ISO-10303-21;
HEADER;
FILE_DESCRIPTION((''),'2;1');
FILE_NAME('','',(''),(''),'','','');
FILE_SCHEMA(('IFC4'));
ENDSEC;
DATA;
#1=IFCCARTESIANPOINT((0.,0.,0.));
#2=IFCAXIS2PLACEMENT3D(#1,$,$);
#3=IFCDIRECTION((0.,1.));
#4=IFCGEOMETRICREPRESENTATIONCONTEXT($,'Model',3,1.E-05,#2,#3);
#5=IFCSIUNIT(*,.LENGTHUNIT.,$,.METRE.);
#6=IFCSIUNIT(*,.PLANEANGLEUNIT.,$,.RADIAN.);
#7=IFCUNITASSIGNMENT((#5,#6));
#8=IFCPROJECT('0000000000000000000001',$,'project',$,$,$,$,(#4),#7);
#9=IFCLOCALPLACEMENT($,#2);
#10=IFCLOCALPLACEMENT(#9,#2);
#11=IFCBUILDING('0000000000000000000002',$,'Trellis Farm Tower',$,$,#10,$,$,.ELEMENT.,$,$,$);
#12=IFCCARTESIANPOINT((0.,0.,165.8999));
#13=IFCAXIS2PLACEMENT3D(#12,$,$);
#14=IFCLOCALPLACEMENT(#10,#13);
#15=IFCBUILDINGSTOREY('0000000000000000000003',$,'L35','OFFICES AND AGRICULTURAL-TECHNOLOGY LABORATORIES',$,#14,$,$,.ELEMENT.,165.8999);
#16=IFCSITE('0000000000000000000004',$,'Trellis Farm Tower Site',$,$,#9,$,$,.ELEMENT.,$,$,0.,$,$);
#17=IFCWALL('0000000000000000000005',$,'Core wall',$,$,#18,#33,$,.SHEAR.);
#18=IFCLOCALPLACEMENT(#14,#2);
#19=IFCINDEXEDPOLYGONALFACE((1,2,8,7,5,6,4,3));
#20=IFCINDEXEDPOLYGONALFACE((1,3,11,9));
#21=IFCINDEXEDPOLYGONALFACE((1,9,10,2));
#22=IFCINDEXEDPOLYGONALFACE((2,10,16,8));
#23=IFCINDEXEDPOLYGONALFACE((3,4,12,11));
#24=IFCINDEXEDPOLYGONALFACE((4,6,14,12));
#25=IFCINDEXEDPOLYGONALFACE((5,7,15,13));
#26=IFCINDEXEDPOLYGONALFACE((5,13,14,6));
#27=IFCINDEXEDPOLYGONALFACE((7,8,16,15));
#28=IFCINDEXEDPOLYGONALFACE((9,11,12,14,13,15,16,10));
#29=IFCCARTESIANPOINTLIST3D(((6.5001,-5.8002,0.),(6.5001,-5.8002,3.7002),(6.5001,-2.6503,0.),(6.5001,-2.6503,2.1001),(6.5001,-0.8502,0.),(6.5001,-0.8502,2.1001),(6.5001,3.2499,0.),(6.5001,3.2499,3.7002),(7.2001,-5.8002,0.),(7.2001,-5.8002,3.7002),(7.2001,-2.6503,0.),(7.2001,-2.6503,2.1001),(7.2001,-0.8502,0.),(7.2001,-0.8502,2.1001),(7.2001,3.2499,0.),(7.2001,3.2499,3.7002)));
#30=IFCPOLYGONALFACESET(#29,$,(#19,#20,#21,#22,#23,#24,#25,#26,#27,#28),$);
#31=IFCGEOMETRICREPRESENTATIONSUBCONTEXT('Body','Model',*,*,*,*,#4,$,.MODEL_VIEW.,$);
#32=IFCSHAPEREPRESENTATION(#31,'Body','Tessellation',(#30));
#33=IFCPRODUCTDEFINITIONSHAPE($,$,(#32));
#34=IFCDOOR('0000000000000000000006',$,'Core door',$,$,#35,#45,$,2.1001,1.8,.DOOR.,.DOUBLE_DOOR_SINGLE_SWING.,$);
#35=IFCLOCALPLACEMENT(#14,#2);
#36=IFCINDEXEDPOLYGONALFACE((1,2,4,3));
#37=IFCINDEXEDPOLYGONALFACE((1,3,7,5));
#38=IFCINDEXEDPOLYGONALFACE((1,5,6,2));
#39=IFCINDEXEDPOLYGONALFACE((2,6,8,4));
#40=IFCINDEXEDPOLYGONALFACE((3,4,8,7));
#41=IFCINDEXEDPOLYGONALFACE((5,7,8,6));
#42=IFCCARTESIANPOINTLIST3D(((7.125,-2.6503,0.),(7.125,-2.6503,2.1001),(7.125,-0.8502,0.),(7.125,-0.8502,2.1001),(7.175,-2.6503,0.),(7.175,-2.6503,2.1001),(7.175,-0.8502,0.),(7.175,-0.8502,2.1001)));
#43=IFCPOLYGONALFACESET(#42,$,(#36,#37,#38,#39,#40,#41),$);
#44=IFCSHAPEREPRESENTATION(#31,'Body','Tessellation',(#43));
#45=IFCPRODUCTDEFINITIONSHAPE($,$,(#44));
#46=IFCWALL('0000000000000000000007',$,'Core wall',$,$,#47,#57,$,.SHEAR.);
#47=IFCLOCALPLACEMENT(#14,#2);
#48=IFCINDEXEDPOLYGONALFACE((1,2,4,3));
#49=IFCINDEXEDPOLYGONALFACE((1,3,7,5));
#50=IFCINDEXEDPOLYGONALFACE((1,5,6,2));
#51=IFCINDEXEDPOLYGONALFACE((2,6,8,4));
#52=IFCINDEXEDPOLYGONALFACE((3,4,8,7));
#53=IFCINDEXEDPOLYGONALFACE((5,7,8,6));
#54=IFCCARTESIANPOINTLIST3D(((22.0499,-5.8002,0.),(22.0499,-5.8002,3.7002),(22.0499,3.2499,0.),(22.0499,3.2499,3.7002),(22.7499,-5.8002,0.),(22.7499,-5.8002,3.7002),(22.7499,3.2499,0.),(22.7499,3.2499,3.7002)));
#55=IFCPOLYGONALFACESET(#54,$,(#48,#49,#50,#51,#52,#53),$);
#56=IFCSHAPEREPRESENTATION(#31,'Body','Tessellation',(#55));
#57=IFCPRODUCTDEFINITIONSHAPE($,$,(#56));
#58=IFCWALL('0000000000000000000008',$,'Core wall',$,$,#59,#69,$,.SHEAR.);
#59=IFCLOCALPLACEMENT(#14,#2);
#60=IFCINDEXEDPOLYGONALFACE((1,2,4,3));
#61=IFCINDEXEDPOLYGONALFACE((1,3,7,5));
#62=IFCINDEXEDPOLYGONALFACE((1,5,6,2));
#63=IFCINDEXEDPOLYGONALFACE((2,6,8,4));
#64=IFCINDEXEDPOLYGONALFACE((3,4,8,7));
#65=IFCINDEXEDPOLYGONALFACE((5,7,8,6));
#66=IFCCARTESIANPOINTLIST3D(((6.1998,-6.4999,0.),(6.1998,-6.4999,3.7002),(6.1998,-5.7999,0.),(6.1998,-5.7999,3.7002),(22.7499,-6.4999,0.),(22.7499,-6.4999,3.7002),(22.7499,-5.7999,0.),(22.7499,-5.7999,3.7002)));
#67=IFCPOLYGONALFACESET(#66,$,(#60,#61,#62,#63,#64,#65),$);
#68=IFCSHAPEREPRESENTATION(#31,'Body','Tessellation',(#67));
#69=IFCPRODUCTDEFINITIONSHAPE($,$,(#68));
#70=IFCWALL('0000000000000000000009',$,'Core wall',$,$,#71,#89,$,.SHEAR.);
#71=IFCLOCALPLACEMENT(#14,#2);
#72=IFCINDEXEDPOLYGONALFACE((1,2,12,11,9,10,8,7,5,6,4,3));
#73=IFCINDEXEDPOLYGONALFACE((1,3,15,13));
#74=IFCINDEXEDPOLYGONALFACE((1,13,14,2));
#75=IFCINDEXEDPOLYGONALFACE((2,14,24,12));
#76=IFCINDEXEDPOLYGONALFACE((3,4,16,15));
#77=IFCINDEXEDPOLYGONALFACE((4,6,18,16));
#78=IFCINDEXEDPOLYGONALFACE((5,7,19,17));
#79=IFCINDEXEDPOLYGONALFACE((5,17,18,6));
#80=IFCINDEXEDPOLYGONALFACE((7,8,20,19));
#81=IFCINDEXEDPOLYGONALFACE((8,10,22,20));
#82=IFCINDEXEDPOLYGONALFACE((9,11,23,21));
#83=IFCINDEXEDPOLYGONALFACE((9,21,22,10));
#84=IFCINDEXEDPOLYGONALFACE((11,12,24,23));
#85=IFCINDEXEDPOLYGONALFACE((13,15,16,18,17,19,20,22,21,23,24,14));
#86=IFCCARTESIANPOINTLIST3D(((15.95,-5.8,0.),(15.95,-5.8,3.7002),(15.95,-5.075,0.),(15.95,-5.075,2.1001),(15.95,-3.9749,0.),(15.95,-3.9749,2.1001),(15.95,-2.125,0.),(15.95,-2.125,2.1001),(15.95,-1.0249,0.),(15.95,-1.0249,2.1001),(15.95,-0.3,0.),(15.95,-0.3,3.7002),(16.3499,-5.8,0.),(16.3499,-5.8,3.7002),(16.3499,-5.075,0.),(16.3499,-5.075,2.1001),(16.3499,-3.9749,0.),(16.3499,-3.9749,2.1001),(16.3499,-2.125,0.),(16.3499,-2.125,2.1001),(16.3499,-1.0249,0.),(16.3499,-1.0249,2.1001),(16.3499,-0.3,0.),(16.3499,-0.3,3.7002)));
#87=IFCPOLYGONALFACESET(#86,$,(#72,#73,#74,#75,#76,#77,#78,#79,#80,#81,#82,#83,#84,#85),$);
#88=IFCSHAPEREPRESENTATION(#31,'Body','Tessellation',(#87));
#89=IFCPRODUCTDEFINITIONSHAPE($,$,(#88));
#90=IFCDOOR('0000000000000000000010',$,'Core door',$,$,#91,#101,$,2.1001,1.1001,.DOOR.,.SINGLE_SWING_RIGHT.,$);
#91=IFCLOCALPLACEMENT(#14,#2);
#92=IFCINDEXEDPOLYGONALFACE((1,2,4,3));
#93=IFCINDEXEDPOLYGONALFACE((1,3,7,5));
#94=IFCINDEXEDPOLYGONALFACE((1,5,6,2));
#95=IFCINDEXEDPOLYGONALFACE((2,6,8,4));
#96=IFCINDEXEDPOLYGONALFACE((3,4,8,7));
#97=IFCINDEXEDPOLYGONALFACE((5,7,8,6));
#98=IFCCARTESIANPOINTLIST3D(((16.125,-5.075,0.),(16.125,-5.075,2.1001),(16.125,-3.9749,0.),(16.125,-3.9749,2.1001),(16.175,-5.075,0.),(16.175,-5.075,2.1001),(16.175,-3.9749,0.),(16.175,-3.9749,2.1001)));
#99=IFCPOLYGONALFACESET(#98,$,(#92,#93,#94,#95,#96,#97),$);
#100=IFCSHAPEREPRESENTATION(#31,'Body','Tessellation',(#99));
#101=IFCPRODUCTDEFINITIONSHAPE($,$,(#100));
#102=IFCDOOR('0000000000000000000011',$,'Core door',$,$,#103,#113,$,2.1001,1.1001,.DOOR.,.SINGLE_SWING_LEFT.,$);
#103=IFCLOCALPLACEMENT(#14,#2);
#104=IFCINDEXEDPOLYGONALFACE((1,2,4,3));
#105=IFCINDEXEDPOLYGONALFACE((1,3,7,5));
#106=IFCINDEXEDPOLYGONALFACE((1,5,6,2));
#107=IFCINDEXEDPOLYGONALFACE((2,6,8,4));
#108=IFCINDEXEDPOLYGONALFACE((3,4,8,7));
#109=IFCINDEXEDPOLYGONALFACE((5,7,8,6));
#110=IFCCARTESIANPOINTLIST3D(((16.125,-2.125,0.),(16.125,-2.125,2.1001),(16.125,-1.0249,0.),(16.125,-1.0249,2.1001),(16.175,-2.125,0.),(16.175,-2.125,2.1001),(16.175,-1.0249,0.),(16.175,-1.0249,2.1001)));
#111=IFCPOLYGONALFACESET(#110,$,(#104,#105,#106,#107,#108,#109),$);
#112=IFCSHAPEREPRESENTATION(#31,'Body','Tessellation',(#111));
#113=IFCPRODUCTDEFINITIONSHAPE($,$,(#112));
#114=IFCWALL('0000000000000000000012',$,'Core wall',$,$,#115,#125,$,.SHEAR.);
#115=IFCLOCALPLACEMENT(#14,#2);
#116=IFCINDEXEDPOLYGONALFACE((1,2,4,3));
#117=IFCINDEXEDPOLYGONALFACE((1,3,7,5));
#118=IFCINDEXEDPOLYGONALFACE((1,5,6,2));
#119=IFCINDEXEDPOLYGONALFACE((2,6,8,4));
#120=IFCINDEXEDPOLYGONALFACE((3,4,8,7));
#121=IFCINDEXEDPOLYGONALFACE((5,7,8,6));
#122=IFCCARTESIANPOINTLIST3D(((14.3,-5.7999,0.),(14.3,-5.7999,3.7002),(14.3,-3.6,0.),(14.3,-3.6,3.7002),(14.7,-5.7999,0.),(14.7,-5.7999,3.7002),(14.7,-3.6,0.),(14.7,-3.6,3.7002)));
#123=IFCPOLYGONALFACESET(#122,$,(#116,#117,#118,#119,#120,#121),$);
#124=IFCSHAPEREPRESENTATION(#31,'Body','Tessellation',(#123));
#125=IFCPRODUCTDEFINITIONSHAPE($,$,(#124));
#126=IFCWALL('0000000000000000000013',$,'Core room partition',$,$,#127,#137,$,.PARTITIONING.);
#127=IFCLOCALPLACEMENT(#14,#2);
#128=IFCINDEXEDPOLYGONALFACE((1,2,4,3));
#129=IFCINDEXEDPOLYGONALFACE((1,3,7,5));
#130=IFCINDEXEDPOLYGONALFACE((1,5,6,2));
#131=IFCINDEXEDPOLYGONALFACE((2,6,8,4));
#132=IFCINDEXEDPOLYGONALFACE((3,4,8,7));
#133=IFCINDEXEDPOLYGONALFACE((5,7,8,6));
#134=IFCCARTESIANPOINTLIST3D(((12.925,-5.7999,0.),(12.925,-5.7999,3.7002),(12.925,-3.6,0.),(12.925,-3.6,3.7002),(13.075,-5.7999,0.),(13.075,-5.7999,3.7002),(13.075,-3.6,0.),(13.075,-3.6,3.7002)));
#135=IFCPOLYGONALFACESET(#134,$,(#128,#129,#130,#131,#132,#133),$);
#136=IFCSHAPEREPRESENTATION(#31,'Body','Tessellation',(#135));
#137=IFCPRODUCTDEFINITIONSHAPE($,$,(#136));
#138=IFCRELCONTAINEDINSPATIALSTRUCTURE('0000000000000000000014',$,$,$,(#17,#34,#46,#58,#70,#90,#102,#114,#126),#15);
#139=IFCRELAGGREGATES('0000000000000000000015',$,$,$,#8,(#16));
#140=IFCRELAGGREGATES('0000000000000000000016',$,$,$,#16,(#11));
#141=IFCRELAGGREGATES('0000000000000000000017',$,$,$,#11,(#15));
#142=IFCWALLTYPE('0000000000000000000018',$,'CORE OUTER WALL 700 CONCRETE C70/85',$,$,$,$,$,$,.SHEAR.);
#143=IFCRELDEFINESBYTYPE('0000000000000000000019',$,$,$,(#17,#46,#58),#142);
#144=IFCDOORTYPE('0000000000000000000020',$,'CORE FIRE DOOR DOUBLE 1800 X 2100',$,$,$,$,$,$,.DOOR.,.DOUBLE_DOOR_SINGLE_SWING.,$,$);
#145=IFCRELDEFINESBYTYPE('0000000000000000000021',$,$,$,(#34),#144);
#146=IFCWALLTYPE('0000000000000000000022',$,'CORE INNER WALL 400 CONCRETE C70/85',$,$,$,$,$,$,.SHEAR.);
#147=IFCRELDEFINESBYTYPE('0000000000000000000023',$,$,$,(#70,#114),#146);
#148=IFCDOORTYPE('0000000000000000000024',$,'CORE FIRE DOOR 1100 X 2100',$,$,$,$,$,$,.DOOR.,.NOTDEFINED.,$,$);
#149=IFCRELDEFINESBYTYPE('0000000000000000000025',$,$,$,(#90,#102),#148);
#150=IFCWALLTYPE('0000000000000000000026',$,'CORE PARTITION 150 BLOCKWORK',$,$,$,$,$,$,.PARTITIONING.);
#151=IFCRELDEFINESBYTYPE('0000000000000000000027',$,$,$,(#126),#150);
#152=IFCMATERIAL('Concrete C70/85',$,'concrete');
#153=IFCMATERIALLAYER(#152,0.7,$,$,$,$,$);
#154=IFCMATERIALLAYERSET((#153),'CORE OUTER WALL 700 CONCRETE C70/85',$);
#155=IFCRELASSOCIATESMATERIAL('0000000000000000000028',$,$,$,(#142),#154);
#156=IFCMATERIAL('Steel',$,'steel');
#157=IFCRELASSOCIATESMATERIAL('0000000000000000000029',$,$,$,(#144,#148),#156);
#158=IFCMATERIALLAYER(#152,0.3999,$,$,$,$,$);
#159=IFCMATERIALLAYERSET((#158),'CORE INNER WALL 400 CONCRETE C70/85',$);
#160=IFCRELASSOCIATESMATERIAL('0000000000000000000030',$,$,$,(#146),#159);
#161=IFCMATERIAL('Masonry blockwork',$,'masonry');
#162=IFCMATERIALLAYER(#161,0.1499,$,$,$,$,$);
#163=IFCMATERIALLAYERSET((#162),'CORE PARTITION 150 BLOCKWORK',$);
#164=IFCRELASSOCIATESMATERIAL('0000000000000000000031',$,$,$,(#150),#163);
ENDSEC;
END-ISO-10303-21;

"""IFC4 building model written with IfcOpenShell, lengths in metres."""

from ifc_helpers import new_model, si_unit, direction, frame, frame_2d, origin, place, context, subcontext, project, spatial, rectangle, extrude, source, transform, mapped, material, layer, layer_set, type_object, element, fill, save


model = new_model("IFC4")

# Units and contexts
model_context = context("Model", 3, precision=1e-05, world=origin(), true_north=direction((0.0, 1.0)))
body_context = subcontext(model_context, "Body", "Model", "MODEL_VIEW")
ifc_project = project(units=[si_unit("LENGTHUNIT", "METRE"), si_unit("PLANEANGLEUNIT", "RADIAN")], contexts=[model_context])

# Site, building, storey
site_placement = place(None, origin())
site = spatial("IfcSite", under=ifc_project, at=site_placement, Name="Trellis Farm Tower Site", CompositionType="ELEMENT", RefElevation=0.0)
building_placement = place(site_placement, origin())
building = spatial("IfcBuilding", under=site, at=building_placement, Name="Trellis Farm Tower", CompositionType="ELEMENT")
storey_placement = place(building_placement, frame((0.0, 0.0, 165.8999)))
storey = spatial("IfcBuildingStorey", under=building, at=storey_placement, Name="L35", Description="OFFICES AND AGRICULTURAL-TECHNOLOGY LABORATORIES", CompositionType="ELEMENT", Elevation=165.8999)

# Shared definitions
ifc_material_1 = material(Name="Concrete C70/85", Category="concrete")

# Wall, opening, door
ifc_layer_1 = layer(ifc_material_1, 0.7)
ifc_layer_set_1 = layer_set([ifc_layer_1], Name="CORE OUTER WALL 700 CONCRETE C70/85")
wall_type_1 = type_object("IfcWallType", Name="CORE OUTER WALL 700 CONCRETE C70/85", PredefinedType="SHEAR", material=ifc_layer_set_1)
shared_shape_1 = source(origin(), body_context, "Body", "SweptSolid", [
    extrude(rectangle(XDim=9.05, YDim=0.7, at=frame_2d((4.5249, 0.0))), origin(), (0.0, 0.0, 1.0), 3.7002),
])
wall_1_placement = place(storey_placement, frame((6.8501, -5.8, 0.0), z_axis=(0.0, 0.0, 1.0), x_axis=(0.0, 1.0, 0.0)))
wall_1 = element("IfcWall", 1, at=wall_1_placement, inside=storey, type_object=wall_type_1, Name="Core wall", PredefinedType="SHEAR", context=body_context, shape_type="MappedRepresentation", body=[
    mapped(shared_shape_1, transform((0.0, 0.0, 0.0))),
])
shared_shape_2 = source(origin(), body_context, "Body", "SweptSolid", [
    extrude(rectangle(XDim=1.8, YDim=2.1001, at=frame_2d((0.8999, 1.05))), frame((0.0, 0.3601, 0.0), z_axis=(0.0, -1.0, 0.0), x_axis=(1.0, 0.0, 0.0)), (0.0, 0.0, 1.0), 0.7202),
])
opening_1_placement = place(wall_1_placement, frame((3.1499, 0.0, 0.0)))
opening_1 = element("IfcOpeningElement", 2, at=opening_1_placement, cuts=wall_1, PredefinedType="OPENING", context=body_context, shape_type="MappedRepresentation", body=[
    mapped(shared_shape_2, transform((0.0, 0.0, 0.0))),
])
ifc_material_2 = material(Name="Steel", Category="steel")
door_type_1 = type_object("IfcDoorType", Name="CORE FIRE DOOR DOUBLE 1800 X 2100", OperationType="DOUBLE_DOOR_SINGLE_SWING", PredefinedType="DOOR", material=ifc_material_2)
shared_shape_3 = source(origin(), body_context, "Body", "SweptSolid", [
    extrude(rectangle(XDim=1.8, YDim=2.1001, at=frame_2d((0.8999, 1.05))), frame((0.0, -0.2749, 0.0), z_axis=(0.0, -1.0, 0.0), x_axis=(1.0, 0.0, 0.0)), (0.0, 0.0, 1.0), 0.05),
])
door_1_placement = place(opening_1_placement, origin())
door_1 = element("IfcDoor", 3, at=door_1_placement, inside=storey, type_object=door_type_1, Name="Core door", OperationType="DOUBLE_DOOR_SINGLE_SWING", OverallHeight=2.1001, OverallWidth=1.8, PredefinedType="DOOR", context=body_context, shape_type="MappedRepresentation", body=[
    mapped(shared_shape_3, transform((0.0, 0.0, 0.0))),
])
fill(opening_1, door_1)

# Walls
wall_2_placement = place(storey_placement, frame((22.3999, -5.8, 0.0), z_axis=(0.0, 0.0, 1.0), x_axis=(0.0, 1.0, 0.0)))
element("IfcWall", 4, at=wall_2_placement, inside=storey, type_object=wall_type_1, Name="Core wall", PredefinedType="SHEAR", context=body_context, shape_type="MappedRepresentation", body=[
    mapped(shared_shape_1, transform((0.0, 0.0, 0.0))),
])
shared_shape_4 = source(origin(), body_context, "Body", "SweptSolid", [
    extrude(rectangle(XDim=16.55, YDim=0.7, at=frame_2d((8.2749, 0.0))), origin(), (0.0, 0.0, 1.0), 3.7002),
])
wall_3_placement = place(storey_placement, frame((6.2, -6.1499, 0.0), z_axis=(0.0, 0.0, 1.0), x_axis=(1.0, 0.0, 0.0)))
element("IfcWall", 5, at=wall_3_placement, inside=storey, type_object=wall_type_1, Name="Core wall", PredefinedType="SHEAR", context=body_context, shape_type="MappedRepresentation", body=[
    mapped(shared_shape_4, transform((0.0, 0.0, 0.0))),
])

# Wall, openings, doors
ifc_layer_2 = layer(ifc_material_1, 0.3999)
ifc_layer_set_2 = layer_set([ifc_layer_2], Name="CORE INNER WALL 400 CONCRETE C70/85")
wall_type_2 = type_object("IfcWallType", Name="CORE INNER WALL 400 CONCRETE C70/85", PredefinedType="SHEAR", material=ifc_layer_set_2)
shared_shape_5 = source(origin(), body_context, "Body", "SweptSolid", [
    extrude(rectangle(XDim=5.5, YDim=0.3999, at=frame_2d((2.75, 0.0))), origin(), (0.0, 0.0, 1.0), 3.7002),
])
wall_4_placement = place(storey_placement, frame((16.1499, -5.8, 0.0), z_axis=(0.0, 0.0, 1.0), x_axis=(0.0, 1.0, 0.0)))
wall_4 = element("IfcWall", 6, at=wall_4_placement, inside=storey, type_object=wall_type_2, Name="Core wall", PredefinedType="SHEAR", context=body_context, shape_type="MappedRepresentation", body=[
    mapped(shared_shape_5, transform((0.0, 0.0, 0.0))),
])
shared_shape_6 = source(origin(), body_context, "Body", "SweptSolid", [
    extrude(rectangle(XDim=1.1001, YDim=2.1001, at=frame_2d((0.55, 1.05))), frame((0.0, 0.21, 0.0), z_axis=(0.0, -1.0, 0.0), x_axis=(1.0, 0.0, 0.0)), (0.0, 0.0, 1.0), 0.4199),
])
opening_2_placement = place(wall_4_placement, frame((0.7251, 0.0, 0.0)))
opening_2 = element("IfcOpeningElement", 7, at=opening_2_placement, cuts=wall_4, PredefinedType="OPENING", context=body_context, shape_type="MappedRepresentation", body=[
    mapped(shared_shape_6, transform((0.0, 0.0, 0.0))),
])
opening_3_placement = place(wall_4_placement, frame((3.675, 0.0, 0.0)))
opening_3 = element("IfcOpeningElement", 8, at=opening_3_placement, cuts=wall_4, PredefinedType="OPENING", context=body_context, shape_type="MappedRepresentation", body=[
    mapped(shared_shape_6, transform((0.0, 0.0, 0.0))),
])
door_type_2 = type_object("IfcDoorType", Name="CORE FIRE DOOR 1100 X 2100", OperationType="NOTDEFINED", PredefinedType="DOOR", material=ifc_material_2)
shared_shape_7 = source(origin(), body_context, "Body", "SweptSolid", [
    extrude(rectangle(XDim=1.1001, YDim=2.1001, at=frame_2d((0.55, 1.05))), frame((0.0, 0.0249, 0.0), z_axis=(0.0, -1.0, 0.0), x_axis=(1.0, 0.0, 0.0)), (0.0, 0.0, 1.0), 0.05),
])
door_2_placement = place(opening_2_placement, origin())
door_2 = element("IfcDoor", 9, at=door_2_placement, inside=storey, type_object=door_type_2, Name="Core door", OperationType="SINGLE_SWING_RIGHT", OverallHeight=2.1001, OverallWidth=1.1001, PredefinedType="DOOR", context=body_context, shape_type="MappedRepresentation", body=[
    mapped(shared_shape_7, transform((0.0, 0.0, 0.0))),
])
fill(opening_2, door_2)
door_3_placement = place(opening_3_placement, origin())
door_3 = element("IfcDoor", 10, at=door_3_placement, inside=storey, type_object=door_type_2, Name="Core door", OperationType="SINGLE_SWING_LEFT", OverallHeight=2.1001, OverallWidth=1.1001, PredefinedType="DOOR", context=body_context, shape_type="MappedRepresentation", body=[
    mapped(shared_shape_7, transform((0.0, 0.0, 0.0))),
])
fill(opening_3, door_3)

# Walls
shared_shape_8 = source(origin(), body_context, "Body", "SweptSolid", [
    extrude(rectangle(XDim=2.2, YDim=0.3999, at=frame_2d((1.1001, 0.0))), origin(), (0.0, 0.0, 1.0), 3.7002),
])
wall_5_placement = place(storey_placement, frame((14.5, -5.8, 0.0), z_axis=(0.0, 0.0, 1.0), x_axis=(0.0, 1.0, 0.0)))
element("IfcWall", 11, at=wall_5_placement, inside=storey, type_object=wall_type_2, Name="Core wall", PredefinedType="SHEAR", context=body_context, shape_type="MappedRepresentation", body=[
    mapped(shared_shape_8, transform((0.0, 0.0, 0.0))),
])
ifc_material_3 = material(Name="Masonry blockwork", Category="masonry")
ifc_layer_3 = layer(ifc_material_3, 0.1499)
ifc_layer_set_3 = layer_set([ifc_layer_3], Name="CORE PARTITION 150 BLOCKWORK")
wall_type_3 = type_object("IfcWallType", Name="CORE PARTITION 150 BLOCKWORK", PredefinedType="PARTITIONING", material=ifc_layer_set_3)
shared_shape_9 = source(origin(), body_context, "Body", "SweptSolid", [
    extrude(rectangle(XDim=2.2, YDim=0.1499, at=frame_2d((1.1001, 0.0))), origin(), (0.0, 0.0, 1.0), 3.7002),
])
wall_6_placement = place(storey_placement, frame((13.0, -5.8, 0.0), z_axis=(0.0, 0.0, 1.0), x_axis=(0.0, 1.0, 0.0)))
element("IfcWall", 12, at=wall_6_placement, inside=storey, type_object=wall_type_3, Name="Core room partition", PredefinedType="PARTITIONING", context=body_context, shape_type="MappedRepresentation", body=[
    mapped(shared_shape_9, transform((0.0, 0.0, 0.0))),
])

save(model, "model.ifc")
